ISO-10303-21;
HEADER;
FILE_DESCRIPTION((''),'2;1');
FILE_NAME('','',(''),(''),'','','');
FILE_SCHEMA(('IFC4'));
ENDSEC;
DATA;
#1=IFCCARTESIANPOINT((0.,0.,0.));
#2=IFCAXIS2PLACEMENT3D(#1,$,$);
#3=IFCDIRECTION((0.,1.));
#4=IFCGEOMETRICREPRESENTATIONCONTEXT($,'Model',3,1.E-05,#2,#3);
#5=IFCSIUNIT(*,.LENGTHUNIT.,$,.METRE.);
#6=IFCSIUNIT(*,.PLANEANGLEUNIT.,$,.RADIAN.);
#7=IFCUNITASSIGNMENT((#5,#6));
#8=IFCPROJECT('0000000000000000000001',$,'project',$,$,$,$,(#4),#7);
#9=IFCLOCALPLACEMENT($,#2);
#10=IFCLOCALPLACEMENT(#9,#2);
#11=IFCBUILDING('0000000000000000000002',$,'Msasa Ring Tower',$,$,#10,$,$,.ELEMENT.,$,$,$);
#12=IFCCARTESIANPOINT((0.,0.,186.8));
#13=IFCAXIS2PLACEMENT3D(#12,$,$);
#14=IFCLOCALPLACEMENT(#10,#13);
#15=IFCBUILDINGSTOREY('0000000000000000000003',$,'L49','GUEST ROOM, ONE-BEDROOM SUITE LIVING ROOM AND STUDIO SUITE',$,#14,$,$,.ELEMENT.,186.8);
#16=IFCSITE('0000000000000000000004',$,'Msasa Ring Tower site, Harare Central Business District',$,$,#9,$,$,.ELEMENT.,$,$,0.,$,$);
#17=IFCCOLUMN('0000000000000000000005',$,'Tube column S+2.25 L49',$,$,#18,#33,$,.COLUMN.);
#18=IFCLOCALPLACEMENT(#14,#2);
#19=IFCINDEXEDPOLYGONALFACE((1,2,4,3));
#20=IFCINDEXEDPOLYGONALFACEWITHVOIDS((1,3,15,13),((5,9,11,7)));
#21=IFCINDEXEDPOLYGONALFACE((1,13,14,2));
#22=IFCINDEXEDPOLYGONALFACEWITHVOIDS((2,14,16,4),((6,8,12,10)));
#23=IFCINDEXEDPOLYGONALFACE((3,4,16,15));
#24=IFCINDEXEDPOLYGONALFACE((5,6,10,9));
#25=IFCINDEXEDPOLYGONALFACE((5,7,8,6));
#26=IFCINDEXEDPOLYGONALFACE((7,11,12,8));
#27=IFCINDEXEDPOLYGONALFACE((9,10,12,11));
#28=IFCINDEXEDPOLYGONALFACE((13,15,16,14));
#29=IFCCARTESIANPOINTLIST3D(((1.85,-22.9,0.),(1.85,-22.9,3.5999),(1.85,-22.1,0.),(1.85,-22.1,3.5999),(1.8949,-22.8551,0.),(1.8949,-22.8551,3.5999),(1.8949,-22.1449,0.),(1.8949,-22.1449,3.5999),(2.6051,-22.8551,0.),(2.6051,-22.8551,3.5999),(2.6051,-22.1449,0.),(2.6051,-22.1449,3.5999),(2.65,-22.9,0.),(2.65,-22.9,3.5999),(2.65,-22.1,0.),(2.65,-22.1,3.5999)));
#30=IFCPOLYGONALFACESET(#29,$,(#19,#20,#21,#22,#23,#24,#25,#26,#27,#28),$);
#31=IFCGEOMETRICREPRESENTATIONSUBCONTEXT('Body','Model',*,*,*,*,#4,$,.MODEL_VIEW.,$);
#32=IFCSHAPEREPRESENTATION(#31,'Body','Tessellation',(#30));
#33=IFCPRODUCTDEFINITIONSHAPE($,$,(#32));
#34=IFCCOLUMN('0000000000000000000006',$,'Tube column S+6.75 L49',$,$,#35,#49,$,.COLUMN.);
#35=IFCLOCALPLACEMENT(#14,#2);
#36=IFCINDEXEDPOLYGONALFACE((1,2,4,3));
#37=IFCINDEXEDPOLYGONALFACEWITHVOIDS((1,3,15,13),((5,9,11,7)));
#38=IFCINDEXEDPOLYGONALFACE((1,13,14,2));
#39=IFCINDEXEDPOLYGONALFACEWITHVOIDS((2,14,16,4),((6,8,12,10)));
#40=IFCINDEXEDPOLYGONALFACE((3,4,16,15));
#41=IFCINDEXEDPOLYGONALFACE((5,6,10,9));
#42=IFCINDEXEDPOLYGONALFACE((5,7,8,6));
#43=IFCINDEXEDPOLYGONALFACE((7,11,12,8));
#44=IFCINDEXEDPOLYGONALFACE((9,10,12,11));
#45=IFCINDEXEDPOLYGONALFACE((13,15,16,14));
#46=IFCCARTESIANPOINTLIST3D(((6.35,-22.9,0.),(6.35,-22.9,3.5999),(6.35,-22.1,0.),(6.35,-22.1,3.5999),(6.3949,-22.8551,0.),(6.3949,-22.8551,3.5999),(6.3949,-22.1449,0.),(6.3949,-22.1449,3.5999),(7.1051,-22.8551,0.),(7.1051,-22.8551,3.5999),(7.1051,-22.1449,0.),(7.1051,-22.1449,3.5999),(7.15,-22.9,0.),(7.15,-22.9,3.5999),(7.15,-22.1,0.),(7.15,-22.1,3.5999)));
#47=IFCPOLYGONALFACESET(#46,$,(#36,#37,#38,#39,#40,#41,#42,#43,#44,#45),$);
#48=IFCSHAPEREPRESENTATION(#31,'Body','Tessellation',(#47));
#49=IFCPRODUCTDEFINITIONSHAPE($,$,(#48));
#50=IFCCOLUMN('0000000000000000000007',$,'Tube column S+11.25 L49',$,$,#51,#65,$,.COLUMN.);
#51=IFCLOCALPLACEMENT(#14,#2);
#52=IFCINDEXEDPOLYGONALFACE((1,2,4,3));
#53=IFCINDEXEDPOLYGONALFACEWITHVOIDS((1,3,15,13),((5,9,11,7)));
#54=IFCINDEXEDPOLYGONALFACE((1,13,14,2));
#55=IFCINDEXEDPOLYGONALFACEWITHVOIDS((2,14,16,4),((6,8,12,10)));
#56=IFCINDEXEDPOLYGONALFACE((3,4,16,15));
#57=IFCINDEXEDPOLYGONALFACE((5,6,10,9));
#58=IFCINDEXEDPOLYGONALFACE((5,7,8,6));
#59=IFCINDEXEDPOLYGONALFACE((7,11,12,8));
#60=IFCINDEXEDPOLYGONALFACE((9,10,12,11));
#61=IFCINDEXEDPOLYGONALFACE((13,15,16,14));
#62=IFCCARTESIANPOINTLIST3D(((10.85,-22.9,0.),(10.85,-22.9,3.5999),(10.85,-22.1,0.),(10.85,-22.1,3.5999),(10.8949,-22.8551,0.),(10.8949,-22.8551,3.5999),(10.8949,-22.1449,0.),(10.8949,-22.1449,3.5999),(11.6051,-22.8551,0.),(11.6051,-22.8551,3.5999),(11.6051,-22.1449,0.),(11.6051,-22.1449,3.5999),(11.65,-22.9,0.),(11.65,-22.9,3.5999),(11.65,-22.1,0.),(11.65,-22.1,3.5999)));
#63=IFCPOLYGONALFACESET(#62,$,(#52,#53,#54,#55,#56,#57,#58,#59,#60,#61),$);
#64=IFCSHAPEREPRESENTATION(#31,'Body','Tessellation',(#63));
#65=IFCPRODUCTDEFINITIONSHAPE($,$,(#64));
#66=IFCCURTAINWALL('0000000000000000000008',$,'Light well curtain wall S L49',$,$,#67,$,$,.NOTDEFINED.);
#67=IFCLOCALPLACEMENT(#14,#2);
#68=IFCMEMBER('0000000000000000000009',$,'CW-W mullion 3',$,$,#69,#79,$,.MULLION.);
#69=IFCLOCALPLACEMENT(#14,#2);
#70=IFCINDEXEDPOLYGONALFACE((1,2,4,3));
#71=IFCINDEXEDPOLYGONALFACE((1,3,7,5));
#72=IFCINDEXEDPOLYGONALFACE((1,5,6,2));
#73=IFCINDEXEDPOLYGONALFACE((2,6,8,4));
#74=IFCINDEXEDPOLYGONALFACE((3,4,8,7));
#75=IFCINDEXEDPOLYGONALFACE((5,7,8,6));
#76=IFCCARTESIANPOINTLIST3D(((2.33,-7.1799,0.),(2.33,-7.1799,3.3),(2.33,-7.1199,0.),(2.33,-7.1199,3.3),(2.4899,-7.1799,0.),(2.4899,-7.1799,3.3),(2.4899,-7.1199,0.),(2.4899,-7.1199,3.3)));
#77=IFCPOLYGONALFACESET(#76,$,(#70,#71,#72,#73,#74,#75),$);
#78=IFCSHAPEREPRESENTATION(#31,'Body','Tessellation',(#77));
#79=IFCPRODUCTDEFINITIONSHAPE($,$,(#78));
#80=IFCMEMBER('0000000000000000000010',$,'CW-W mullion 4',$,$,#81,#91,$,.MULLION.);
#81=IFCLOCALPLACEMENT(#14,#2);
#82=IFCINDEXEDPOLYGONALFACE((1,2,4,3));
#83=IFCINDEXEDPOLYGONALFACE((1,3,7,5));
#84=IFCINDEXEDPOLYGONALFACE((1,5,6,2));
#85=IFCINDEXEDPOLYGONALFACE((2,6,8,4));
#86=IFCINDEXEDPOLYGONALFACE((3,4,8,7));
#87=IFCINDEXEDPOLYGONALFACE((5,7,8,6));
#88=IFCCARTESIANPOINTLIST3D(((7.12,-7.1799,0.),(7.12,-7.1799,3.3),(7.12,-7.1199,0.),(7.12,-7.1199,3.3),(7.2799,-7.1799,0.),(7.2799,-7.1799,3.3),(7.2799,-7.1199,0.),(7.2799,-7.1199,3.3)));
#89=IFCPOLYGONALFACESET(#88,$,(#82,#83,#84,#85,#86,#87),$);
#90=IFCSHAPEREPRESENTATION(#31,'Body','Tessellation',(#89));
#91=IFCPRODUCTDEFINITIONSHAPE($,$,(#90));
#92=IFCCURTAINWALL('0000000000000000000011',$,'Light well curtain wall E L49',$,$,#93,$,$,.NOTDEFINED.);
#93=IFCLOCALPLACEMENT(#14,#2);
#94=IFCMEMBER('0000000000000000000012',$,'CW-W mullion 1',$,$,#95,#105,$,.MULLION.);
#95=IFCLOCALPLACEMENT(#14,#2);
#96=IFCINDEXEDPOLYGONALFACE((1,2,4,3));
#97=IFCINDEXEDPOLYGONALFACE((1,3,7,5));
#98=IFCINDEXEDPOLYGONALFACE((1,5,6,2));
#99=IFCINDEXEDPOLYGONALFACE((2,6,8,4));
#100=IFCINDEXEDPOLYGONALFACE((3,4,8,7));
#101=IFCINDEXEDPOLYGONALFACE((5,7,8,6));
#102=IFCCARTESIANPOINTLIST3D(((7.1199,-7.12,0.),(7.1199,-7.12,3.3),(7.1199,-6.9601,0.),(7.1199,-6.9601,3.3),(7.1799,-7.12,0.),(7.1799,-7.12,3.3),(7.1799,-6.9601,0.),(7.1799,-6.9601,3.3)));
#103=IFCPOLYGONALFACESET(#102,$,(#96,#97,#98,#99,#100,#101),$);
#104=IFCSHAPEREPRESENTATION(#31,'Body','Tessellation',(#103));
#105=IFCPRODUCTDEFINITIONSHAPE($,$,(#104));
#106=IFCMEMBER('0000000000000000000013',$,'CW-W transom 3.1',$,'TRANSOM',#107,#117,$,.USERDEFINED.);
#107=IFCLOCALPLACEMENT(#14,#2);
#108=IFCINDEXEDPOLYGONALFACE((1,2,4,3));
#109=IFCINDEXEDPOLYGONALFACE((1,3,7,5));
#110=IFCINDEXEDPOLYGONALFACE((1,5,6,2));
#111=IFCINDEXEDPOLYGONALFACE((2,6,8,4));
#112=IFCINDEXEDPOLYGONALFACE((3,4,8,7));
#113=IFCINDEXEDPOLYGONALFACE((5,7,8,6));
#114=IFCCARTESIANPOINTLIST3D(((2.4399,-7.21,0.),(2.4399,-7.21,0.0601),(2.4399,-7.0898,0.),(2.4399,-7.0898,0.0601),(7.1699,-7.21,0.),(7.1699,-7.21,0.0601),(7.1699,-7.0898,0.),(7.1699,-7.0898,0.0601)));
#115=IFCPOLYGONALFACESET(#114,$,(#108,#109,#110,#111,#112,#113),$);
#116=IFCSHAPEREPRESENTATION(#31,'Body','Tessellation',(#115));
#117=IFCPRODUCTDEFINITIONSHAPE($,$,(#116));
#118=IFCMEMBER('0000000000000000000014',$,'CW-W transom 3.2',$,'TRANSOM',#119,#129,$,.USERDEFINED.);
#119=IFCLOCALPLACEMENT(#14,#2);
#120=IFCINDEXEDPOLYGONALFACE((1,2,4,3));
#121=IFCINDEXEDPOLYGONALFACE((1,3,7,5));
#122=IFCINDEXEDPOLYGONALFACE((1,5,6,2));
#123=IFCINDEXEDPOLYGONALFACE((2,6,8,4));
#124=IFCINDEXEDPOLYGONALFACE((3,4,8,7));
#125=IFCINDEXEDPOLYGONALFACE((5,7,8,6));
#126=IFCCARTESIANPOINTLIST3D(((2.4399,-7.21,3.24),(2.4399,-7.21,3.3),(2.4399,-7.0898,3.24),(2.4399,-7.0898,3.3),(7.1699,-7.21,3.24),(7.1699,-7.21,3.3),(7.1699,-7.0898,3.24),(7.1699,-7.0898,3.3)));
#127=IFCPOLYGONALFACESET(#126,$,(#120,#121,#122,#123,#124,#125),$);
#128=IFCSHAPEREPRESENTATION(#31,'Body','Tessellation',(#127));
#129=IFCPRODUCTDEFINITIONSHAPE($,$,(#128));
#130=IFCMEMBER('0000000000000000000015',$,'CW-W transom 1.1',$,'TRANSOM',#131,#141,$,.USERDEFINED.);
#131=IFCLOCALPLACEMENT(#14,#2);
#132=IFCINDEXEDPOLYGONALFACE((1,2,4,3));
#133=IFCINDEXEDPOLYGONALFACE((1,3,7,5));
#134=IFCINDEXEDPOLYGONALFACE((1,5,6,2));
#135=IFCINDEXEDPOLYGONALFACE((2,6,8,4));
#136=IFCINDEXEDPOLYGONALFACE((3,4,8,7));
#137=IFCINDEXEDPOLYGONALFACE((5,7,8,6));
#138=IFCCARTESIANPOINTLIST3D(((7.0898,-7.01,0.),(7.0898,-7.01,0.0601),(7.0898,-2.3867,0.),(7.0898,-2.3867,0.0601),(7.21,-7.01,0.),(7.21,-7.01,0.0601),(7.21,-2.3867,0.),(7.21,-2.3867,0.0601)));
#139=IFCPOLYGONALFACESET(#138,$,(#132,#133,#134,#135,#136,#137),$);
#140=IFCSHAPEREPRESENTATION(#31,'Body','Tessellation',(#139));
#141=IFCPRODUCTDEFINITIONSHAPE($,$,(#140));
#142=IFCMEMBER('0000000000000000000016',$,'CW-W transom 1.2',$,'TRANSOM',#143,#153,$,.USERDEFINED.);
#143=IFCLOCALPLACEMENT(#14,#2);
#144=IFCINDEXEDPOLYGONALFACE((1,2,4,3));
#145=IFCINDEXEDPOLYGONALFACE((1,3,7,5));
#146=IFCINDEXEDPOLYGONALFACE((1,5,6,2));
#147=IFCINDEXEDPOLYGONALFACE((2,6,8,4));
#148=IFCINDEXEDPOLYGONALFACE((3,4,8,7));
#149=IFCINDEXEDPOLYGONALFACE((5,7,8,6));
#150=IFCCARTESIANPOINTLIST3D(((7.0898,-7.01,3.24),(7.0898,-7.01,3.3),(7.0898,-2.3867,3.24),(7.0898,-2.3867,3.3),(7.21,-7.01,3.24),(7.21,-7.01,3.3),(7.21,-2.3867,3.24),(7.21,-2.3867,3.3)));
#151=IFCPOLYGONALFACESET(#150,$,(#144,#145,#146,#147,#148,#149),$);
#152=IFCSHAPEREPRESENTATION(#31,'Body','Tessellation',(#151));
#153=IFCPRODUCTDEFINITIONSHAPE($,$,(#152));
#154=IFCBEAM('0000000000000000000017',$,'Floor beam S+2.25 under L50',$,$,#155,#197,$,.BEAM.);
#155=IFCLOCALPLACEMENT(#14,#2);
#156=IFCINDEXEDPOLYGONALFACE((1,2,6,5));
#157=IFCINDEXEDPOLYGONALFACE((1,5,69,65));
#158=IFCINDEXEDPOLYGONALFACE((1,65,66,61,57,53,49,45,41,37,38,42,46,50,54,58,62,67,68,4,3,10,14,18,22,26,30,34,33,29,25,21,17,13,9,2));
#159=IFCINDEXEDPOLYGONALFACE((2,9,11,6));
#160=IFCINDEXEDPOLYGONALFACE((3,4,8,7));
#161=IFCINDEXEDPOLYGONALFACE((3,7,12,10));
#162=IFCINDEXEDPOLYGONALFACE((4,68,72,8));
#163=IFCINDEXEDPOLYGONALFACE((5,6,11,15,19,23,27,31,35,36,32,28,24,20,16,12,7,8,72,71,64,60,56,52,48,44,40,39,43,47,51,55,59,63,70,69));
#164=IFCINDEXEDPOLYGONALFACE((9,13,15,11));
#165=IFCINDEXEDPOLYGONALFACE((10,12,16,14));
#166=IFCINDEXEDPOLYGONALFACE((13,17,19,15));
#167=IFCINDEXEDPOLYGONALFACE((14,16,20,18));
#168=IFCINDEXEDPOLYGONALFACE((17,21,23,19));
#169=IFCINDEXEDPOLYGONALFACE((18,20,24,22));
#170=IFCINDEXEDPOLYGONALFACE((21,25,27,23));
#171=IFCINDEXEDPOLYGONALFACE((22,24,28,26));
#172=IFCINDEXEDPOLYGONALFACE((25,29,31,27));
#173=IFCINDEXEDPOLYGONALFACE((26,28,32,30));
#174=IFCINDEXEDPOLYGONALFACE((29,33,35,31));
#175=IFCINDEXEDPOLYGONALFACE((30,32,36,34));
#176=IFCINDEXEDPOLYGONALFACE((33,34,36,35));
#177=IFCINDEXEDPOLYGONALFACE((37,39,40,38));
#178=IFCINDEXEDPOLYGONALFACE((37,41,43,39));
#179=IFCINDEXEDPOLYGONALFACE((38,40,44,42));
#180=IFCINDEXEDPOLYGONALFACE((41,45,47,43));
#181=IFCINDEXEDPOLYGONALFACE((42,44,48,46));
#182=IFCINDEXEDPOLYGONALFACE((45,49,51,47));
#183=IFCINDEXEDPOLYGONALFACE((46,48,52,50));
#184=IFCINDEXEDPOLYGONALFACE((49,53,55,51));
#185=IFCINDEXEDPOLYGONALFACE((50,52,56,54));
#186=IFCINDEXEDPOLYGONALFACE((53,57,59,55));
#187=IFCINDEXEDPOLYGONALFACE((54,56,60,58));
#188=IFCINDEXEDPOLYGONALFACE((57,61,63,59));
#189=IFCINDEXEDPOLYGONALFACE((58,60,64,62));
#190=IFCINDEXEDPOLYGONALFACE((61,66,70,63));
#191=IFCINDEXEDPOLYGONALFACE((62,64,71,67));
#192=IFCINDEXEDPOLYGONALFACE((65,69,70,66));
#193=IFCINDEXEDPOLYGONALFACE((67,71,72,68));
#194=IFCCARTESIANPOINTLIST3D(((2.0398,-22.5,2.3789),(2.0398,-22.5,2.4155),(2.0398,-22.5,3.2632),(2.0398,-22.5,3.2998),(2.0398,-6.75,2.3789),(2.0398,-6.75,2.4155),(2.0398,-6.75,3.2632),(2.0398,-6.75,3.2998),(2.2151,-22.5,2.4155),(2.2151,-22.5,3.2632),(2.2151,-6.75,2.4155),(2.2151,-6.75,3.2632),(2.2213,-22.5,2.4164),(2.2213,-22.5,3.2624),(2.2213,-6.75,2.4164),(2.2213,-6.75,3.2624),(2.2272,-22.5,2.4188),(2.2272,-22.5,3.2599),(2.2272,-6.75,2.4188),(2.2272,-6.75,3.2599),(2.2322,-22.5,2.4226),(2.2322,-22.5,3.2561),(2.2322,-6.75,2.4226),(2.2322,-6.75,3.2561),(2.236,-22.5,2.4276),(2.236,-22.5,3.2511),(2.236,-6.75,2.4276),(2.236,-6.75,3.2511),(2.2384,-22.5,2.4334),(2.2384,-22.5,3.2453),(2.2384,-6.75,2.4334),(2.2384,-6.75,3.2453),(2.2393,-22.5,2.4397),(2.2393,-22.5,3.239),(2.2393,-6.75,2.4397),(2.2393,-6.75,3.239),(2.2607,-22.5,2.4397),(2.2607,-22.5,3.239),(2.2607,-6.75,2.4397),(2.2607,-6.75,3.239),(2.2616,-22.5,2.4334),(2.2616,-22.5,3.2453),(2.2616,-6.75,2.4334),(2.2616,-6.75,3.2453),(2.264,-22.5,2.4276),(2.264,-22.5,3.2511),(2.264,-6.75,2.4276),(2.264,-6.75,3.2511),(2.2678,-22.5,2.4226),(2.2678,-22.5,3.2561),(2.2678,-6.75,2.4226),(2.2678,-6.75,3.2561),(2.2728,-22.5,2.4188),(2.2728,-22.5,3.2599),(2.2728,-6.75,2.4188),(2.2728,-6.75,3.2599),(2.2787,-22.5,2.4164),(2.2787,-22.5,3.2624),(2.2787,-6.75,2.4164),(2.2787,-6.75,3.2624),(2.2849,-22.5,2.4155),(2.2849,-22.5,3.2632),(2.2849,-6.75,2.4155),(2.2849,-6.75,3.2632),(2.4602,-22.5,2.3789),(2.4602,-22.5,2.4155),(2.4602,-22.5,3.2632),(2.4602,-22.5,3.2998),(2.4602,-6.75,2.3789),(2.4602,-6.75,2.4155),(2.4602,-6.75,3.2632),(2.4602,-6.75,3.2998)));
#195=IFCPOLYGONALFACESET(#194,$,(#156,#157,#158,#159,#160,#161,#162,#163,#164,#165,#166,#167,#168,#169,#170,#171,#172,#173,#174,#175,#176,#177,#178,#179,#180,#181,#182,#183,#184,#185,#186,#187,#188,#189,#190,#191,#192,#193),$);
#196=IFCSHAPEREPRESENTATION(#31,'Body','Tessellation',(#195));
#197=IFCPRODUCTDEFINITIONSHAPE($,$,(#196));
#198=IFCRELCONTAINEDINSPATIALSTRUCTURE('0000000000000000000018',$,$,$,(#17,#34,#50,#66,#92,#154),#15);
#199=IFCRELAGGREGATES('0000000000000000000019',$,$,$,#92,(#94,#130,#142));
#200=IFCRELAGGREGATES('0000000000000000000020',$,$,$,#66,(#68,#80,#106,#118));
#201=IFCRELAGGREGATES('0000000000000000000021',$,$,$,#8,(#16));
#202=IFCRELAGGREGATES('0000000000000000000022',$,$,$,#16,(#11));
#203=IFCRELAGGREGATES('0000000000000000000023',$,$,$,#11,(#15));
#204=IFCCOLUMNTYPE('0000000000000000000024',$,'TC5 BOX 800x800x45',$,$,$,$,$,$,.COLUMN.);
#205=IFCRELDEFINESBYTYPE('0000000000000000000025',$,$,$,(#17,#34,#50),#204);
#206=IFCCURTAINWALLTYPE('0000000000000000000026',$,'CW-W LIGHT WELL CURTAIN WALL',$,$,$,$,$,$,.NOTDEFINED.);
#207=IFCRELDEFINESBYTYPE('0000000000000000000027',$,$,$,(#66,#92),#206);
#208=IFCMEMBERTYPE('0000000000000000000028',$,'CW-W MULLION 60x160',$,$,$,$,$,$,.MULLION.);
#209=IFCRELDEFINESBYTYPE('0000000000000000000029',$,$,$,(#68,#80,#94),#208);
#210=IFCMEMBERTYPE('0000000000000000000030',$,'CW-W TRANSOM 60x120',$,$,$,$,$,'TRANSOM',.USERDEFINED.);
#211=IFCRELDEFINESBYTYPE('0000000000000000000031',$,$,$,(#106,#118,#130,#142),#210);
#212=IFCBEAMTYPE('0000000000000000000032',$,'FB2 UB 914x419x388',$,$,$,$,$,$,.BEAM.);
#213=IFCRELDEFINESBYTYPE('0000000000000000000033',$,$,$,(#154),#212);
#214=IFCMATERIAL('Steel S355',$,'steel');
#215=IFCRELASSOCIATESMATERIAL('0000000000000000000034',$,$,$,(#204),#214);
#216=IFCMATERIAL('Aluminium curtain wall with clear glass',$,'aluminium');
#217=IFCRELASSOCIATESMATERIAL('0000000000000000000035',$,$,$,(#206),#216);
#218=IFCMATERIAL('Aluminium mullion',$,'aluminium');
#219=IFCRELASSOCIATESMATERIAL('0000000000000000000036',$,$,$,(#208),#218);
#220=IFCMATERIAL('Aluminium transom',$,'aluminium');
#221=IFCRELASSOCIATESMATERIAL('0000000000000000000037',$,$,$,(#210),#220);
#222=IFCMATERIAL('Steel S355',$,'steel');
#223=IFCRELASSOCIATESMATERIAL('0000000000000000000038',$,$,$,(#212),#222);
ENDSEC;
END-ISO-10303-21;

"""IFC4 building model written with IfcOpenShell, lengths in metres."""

from ifc_helpers import new_model, si_unit, direction, frame, origin, origin_2d, place, context, subcontext, project, spatial, rectangle, hollow_rectangle, i_section, extrude, material, material_profile, profile_set, type_object, element, aggregate, save


model = new_model("IFC4")

# Units and contexts
model_context = context("Model", 3, precision=1e-05, world=origin(), true_north=direction((0.0, 1.0)))
body_context = subcontext(model_context, "Body", "Model", "MODEL_VIEW")
ifc_project = project(units=[si_unit("LENGTHUNIT", "METRE"), si_unit("PLANEANGLEUNIT", "RADIAN")], contexts=[model_context])

# Site, building, storey
site_placement = place(None, origin())
site = spatial("IfcSite", under=ifc_project, at=site_placement, Name="Msasa Ring Tower site, Harare Central Business District", CompositionType="ELEMENT", RefElevation=0.0)
building_placement = place(site_placement, origin())
building = spatial("IfcBuilding", under=site, at=building_placement, Name="Msasa Ring Tower", CompositionType="ELEMENT")
storey_placement = place(building_placement, frame((0.0, 0.0, 186.8)))
storey = spatial("IfcBuildingStorey", under=building, at=storey_placement, Name="L49", Description="GUEST ROOM, ONE-BEDROOM SUITE LIVING ROOM AND STUDIO SUITE", CompositionType="ELEMENT", Elevation=186.8)

# Columns
ifc_material_1 = material(Name="Steel S355", Category="steel")
ifc_material_profile_1 = material_profile(ifc_material_1, hollow_rectangle(XDim=0.8, YDim=0.8, WallThickness=0.0449, at=origin_2d()), Name="BOX 800x800x45")
ifc_profile_set_1 = profile_set([ifc_material_profile_1], Name="Steel S355")
column_type = type_object("IfcColumnType", Name="TC5 BOX 800x800x45", PredefinedType="COLUMN", material=ifc_profile_set_1)
for number, where, z_axis, x_axis, name in (
    (1, (2.25, -22.5, 0.0), (0.0, 0.0, 1.0), (0.0, 1.0, 0.0), "Tube column S+2.25 L49"),
    (2, (6.75, -22.5, 0.0), (0.0, 0.0, 1.0), (0.0, 1.0, 0.0), "Tube column S+6.75 L49"),
    (3, (11.25, -22.5, 0.0), (0.0, 0.0, 1.0), (0.0, 1.0, 0.0), "Tube column S+11.25 L49"),
):
    element("IfcColumn", number, at=place(storey_placement, frame(where, z_axis=z_axis, x_axis=x_axis)), inside=storey, type_object=column_type, Name=name, PredefinedType="COLUMN", context=body_context, shape_type="SweptSolid", body=[
        extrude(hollow_rectangle(XDim=0.8, YDim=0.8, WallThickness=0.0449, at=origin_2d()), origin(), (0.0, 0.0, 1.0), 3.5999),
    ])

# Curtain wall, members
ifc_material_2 = material(Name="Aluminium curtain wall with clear glass", Category="aluminium")
curtain_wall_type = type_object("IfcCurtainWallType", Name="CW-W LIGHT WELL CURTAIN WALL", PredefinedType="NOTDEFINED", material=ifc_material_2)
curtain_wall_1_placement = place(storey_placement, origin())
curtain_wall_1 = element("IfcCurtainWall", 4, at=curtain_wall_1_placement, inside=storey, type_object=curtain_wall_type, Name="Light well curtain wall S L49", PredefinedType="NOTDEFINED")
ifc_material_3 = material(Name="Aluminium mullion", Category="aluminium")
ifc_material_profile_2 = material_profile(ifc_material_3, rectangle(XDim=0.0601, YDim=0.1599, at=origin_2d()), Name="AL 60x160")
ifc_profile_set_2 = profile_set([ifc_material_profile_2], Name="Aluminium mullion")
member_type_1 = type_object("IfcMemberType", Name="CW-W MULLION 60x160", PredefinedType="MULLION", material=ifc_profile_set_2)
member_1_placement = place(storey_placement, frame((2.4099, -7.1499, 0.0), z_axis=(0.0, 0.0, 1.0), x_axis=(0.0, 1.0, 0.0)))
member_1 = element("IfcMember", 5, at=member_1_placement, type_object=member_type_1, Name="CW-W mullion 3", PredefinedType="MULLION", context=body_context, shape_type="SweptSolid", body=[
    extrude(rectangle(XDim=0.0601, YDim=0.1599, at=origin_2d()), origin(), (0.0, 0.0, 1.0), 3.3),
])
member_2_placement = place(storey_placement, frame((7.2, -7.1499, 0.0), z_axis=(0.0, 0.0, 1.0), x_axis=(0.0, 1.0, 0.0)))
member_2 = element("IfcMember", 6, at=member_2_placement, type_object=member_type_1, Name="CW-W mullion 4", PredefinedType="MULLION", context=body_context, shape_type="SweptSolid", body=[
    extrude(rectangle(XDim=0.0601, YDim=0.1599, at=origin_2d()), origin(), (0.0, 0.0, 1.0), 3.3),
])

# Curtain wall, member
curtain_wall_2_placement = place(storey_placement, origin())
curtain_wall_2 = element("IfcCurtainWall", 7, at=curtain_wall_2_placement, inside=storey, type_object=curtain_wall_type, Name="Light well curtain wall E L49", PredefinedType="NOTDEFINED")
member_3_placement = place(storey_placement, frame((7.1499, -7.04, 0.0), z_axis=(0.0, 0.0, 1.0), x_axis=(-1.0, 0.0, 0.0)))
member_3 = element("IfcMember", 8, at=member_3_placement, type_object=member_type_1, Name="CW-W mullion 1", PredefinedType="MULLION", context=body_context, shape_type="SweptSolid", body=[
    extrude(rectangle(XDim=0.0601, YDim=0.1599, at=origin_2d()), origin(), (0.0, 0.0, 1.0), 3.3),
])

# Members
ifc_material_4 = material(Name="Aluminium transom", Category="aluminium")
ifc_material_profile_3 = material_profile(ifc_material_4, rectangle(XDim=0.1201, YDim=0.0601, at=origin_2d()), Name="AL 60x120")
ifc_profile_set_3 = profile_set([ifc_material_profile_3], Name="Aluminium transom")
member_type_2 = type_object("IfcMemberType", Name="CW-W TRANSOM 60x120", ElementType="TRANSOM", PredefinedType="USERDEFINED", material=ifc_profile_set_3)
member_4_placement = place(storey_placement, frame((2.4399, -7.1499, 0.03), z_axis=(1.0, 0.0, 0.0), x_axis=(0.0, 1.0, 0.0)))
member_4 = element("IfcMember", 9, at=member_4_placement, type_object=member_type_2, Name="CW-W transom 3.1", ObjectType="TRANSOM", PredefinedType="USERDEFINED", context=body_context, shape_type="SweptSolid", body=[
    extrude(rectangle(XDim=0.1201, YDim=0.0601, at=origin_2d()), origin(), (0.0, 0.0, 1.0), 4.73),
])
member_5_placement = place(storey_placement, frame((2.4399, -7.1499, 3.27), z_axis=(1.0, 0.0, 0.0), x_axis=(0.0, 1.0, 0.0)))
member_5 = element("IfcMember", 10, at=member_5_placement, type_object=member_type_2, Name="CW-W transom 3.2", ObjectType="TRANSOM", PredefinedType="USERDEFINED", context=body_context, shape_type="SweptSolid", body=[
    extrude(rectangle(XDim=0.1201, YDim=0.0601, at=origin_2d()), origin(), (0.0, 0.0, 1.0), 4.73),
])
member_6_placement = place(storey_placement, frame((7.1499, -7.01, 0.03), z_axis=(0.0, 1.0, 0.0), x_axis=(-1.0, 0.0, 0.0)))
member_6 = element("IfcMember", 11, at=member_6_placement, type_object=member_type_2, Name="CW-W transom 1.1", ObjectType="TRANSOM", PredefinedType="USERDEFINED", context=body_context, shape_type="SweptSolid", body=[
    extrude(rectangle(XDim=0.1201, YDim=0.0601, at=origin_2d()), origin(), (0.0, 0.0, 1.0), 4.6233),
])
member_7_placement = place(storey_placement, frame((7.1499, -7.01, 3.27), z_axis=(0.0, 1.0, 0.0), x_axis=(-1.0, 0.0, 0.0)))
member_7 = element("IfcMember", 12, at=member_7_placement, type_object=member_type_2, Name="CW-W transom 1.2", ObjectType="TRANSOM", PredefinedType="USERDEFINED", context=body_context, shape_type="SweptSolid", body=[
    extrude(rectangle(XDim=0.1201, YDim=0.0601, at=origin_2d()), origin(), (0.0, 0.0, 1.0), 4.6233),
])
aggregate(curtain_wall_2, [member_3, member_6, member_7])

# Beam
ifc_material_5 = material(Name="Steel S355", Category="steel")
ifc_material_profile_4 = material_profile(ifc_material_5, i_section(OverallWidth=0.4204, OverallDepth=0.9209, WebThickness=0.0215, FlangeThickness=0.0366, FilletRadius=0.0242, at=origin_2d()), Name="UB 914x419x388")
ifc_profile_set_4 = profile_set([ifc_material_profile_4], Name="Steel S355")
beam_type_1 = type_object("IfcBeamType", Name="FB2 UB 914x419x388", PredefinedType="BEAM", material=ifc_profile_set_4)
for number, where, z_axis, x_axis, name in (
    (13, (2.25, -22.5, 2.8394), (0.0, 1.0, 0.0), (-1.0, 0.0, 0.0), "Floor beam S+2.25 under L50"),
):
    element("IfcBeam", number, at=place(storey_placement, frame(where, z_axis=z_axis, x_axis=x_axis)), inside=storey, type_object=beam_type_1, Name=name, PredefinedType="BEAM", context=body_context, shape_type="SweptSolid", body=[
        extrude(i_section(OverallWidth=0.4204, OverallDepth=0.9209, WebThickness=0.0215, FlangeThickness=0.0366, FilletRadius=0.0242, at=origin_2d()), origin(), (0.0, 0.0, 1.0), 15.75),
    ])

aggregate(curtain_wall_1, [member_1, member_2, member_4, member_5])

save(model, "model.ifc")
